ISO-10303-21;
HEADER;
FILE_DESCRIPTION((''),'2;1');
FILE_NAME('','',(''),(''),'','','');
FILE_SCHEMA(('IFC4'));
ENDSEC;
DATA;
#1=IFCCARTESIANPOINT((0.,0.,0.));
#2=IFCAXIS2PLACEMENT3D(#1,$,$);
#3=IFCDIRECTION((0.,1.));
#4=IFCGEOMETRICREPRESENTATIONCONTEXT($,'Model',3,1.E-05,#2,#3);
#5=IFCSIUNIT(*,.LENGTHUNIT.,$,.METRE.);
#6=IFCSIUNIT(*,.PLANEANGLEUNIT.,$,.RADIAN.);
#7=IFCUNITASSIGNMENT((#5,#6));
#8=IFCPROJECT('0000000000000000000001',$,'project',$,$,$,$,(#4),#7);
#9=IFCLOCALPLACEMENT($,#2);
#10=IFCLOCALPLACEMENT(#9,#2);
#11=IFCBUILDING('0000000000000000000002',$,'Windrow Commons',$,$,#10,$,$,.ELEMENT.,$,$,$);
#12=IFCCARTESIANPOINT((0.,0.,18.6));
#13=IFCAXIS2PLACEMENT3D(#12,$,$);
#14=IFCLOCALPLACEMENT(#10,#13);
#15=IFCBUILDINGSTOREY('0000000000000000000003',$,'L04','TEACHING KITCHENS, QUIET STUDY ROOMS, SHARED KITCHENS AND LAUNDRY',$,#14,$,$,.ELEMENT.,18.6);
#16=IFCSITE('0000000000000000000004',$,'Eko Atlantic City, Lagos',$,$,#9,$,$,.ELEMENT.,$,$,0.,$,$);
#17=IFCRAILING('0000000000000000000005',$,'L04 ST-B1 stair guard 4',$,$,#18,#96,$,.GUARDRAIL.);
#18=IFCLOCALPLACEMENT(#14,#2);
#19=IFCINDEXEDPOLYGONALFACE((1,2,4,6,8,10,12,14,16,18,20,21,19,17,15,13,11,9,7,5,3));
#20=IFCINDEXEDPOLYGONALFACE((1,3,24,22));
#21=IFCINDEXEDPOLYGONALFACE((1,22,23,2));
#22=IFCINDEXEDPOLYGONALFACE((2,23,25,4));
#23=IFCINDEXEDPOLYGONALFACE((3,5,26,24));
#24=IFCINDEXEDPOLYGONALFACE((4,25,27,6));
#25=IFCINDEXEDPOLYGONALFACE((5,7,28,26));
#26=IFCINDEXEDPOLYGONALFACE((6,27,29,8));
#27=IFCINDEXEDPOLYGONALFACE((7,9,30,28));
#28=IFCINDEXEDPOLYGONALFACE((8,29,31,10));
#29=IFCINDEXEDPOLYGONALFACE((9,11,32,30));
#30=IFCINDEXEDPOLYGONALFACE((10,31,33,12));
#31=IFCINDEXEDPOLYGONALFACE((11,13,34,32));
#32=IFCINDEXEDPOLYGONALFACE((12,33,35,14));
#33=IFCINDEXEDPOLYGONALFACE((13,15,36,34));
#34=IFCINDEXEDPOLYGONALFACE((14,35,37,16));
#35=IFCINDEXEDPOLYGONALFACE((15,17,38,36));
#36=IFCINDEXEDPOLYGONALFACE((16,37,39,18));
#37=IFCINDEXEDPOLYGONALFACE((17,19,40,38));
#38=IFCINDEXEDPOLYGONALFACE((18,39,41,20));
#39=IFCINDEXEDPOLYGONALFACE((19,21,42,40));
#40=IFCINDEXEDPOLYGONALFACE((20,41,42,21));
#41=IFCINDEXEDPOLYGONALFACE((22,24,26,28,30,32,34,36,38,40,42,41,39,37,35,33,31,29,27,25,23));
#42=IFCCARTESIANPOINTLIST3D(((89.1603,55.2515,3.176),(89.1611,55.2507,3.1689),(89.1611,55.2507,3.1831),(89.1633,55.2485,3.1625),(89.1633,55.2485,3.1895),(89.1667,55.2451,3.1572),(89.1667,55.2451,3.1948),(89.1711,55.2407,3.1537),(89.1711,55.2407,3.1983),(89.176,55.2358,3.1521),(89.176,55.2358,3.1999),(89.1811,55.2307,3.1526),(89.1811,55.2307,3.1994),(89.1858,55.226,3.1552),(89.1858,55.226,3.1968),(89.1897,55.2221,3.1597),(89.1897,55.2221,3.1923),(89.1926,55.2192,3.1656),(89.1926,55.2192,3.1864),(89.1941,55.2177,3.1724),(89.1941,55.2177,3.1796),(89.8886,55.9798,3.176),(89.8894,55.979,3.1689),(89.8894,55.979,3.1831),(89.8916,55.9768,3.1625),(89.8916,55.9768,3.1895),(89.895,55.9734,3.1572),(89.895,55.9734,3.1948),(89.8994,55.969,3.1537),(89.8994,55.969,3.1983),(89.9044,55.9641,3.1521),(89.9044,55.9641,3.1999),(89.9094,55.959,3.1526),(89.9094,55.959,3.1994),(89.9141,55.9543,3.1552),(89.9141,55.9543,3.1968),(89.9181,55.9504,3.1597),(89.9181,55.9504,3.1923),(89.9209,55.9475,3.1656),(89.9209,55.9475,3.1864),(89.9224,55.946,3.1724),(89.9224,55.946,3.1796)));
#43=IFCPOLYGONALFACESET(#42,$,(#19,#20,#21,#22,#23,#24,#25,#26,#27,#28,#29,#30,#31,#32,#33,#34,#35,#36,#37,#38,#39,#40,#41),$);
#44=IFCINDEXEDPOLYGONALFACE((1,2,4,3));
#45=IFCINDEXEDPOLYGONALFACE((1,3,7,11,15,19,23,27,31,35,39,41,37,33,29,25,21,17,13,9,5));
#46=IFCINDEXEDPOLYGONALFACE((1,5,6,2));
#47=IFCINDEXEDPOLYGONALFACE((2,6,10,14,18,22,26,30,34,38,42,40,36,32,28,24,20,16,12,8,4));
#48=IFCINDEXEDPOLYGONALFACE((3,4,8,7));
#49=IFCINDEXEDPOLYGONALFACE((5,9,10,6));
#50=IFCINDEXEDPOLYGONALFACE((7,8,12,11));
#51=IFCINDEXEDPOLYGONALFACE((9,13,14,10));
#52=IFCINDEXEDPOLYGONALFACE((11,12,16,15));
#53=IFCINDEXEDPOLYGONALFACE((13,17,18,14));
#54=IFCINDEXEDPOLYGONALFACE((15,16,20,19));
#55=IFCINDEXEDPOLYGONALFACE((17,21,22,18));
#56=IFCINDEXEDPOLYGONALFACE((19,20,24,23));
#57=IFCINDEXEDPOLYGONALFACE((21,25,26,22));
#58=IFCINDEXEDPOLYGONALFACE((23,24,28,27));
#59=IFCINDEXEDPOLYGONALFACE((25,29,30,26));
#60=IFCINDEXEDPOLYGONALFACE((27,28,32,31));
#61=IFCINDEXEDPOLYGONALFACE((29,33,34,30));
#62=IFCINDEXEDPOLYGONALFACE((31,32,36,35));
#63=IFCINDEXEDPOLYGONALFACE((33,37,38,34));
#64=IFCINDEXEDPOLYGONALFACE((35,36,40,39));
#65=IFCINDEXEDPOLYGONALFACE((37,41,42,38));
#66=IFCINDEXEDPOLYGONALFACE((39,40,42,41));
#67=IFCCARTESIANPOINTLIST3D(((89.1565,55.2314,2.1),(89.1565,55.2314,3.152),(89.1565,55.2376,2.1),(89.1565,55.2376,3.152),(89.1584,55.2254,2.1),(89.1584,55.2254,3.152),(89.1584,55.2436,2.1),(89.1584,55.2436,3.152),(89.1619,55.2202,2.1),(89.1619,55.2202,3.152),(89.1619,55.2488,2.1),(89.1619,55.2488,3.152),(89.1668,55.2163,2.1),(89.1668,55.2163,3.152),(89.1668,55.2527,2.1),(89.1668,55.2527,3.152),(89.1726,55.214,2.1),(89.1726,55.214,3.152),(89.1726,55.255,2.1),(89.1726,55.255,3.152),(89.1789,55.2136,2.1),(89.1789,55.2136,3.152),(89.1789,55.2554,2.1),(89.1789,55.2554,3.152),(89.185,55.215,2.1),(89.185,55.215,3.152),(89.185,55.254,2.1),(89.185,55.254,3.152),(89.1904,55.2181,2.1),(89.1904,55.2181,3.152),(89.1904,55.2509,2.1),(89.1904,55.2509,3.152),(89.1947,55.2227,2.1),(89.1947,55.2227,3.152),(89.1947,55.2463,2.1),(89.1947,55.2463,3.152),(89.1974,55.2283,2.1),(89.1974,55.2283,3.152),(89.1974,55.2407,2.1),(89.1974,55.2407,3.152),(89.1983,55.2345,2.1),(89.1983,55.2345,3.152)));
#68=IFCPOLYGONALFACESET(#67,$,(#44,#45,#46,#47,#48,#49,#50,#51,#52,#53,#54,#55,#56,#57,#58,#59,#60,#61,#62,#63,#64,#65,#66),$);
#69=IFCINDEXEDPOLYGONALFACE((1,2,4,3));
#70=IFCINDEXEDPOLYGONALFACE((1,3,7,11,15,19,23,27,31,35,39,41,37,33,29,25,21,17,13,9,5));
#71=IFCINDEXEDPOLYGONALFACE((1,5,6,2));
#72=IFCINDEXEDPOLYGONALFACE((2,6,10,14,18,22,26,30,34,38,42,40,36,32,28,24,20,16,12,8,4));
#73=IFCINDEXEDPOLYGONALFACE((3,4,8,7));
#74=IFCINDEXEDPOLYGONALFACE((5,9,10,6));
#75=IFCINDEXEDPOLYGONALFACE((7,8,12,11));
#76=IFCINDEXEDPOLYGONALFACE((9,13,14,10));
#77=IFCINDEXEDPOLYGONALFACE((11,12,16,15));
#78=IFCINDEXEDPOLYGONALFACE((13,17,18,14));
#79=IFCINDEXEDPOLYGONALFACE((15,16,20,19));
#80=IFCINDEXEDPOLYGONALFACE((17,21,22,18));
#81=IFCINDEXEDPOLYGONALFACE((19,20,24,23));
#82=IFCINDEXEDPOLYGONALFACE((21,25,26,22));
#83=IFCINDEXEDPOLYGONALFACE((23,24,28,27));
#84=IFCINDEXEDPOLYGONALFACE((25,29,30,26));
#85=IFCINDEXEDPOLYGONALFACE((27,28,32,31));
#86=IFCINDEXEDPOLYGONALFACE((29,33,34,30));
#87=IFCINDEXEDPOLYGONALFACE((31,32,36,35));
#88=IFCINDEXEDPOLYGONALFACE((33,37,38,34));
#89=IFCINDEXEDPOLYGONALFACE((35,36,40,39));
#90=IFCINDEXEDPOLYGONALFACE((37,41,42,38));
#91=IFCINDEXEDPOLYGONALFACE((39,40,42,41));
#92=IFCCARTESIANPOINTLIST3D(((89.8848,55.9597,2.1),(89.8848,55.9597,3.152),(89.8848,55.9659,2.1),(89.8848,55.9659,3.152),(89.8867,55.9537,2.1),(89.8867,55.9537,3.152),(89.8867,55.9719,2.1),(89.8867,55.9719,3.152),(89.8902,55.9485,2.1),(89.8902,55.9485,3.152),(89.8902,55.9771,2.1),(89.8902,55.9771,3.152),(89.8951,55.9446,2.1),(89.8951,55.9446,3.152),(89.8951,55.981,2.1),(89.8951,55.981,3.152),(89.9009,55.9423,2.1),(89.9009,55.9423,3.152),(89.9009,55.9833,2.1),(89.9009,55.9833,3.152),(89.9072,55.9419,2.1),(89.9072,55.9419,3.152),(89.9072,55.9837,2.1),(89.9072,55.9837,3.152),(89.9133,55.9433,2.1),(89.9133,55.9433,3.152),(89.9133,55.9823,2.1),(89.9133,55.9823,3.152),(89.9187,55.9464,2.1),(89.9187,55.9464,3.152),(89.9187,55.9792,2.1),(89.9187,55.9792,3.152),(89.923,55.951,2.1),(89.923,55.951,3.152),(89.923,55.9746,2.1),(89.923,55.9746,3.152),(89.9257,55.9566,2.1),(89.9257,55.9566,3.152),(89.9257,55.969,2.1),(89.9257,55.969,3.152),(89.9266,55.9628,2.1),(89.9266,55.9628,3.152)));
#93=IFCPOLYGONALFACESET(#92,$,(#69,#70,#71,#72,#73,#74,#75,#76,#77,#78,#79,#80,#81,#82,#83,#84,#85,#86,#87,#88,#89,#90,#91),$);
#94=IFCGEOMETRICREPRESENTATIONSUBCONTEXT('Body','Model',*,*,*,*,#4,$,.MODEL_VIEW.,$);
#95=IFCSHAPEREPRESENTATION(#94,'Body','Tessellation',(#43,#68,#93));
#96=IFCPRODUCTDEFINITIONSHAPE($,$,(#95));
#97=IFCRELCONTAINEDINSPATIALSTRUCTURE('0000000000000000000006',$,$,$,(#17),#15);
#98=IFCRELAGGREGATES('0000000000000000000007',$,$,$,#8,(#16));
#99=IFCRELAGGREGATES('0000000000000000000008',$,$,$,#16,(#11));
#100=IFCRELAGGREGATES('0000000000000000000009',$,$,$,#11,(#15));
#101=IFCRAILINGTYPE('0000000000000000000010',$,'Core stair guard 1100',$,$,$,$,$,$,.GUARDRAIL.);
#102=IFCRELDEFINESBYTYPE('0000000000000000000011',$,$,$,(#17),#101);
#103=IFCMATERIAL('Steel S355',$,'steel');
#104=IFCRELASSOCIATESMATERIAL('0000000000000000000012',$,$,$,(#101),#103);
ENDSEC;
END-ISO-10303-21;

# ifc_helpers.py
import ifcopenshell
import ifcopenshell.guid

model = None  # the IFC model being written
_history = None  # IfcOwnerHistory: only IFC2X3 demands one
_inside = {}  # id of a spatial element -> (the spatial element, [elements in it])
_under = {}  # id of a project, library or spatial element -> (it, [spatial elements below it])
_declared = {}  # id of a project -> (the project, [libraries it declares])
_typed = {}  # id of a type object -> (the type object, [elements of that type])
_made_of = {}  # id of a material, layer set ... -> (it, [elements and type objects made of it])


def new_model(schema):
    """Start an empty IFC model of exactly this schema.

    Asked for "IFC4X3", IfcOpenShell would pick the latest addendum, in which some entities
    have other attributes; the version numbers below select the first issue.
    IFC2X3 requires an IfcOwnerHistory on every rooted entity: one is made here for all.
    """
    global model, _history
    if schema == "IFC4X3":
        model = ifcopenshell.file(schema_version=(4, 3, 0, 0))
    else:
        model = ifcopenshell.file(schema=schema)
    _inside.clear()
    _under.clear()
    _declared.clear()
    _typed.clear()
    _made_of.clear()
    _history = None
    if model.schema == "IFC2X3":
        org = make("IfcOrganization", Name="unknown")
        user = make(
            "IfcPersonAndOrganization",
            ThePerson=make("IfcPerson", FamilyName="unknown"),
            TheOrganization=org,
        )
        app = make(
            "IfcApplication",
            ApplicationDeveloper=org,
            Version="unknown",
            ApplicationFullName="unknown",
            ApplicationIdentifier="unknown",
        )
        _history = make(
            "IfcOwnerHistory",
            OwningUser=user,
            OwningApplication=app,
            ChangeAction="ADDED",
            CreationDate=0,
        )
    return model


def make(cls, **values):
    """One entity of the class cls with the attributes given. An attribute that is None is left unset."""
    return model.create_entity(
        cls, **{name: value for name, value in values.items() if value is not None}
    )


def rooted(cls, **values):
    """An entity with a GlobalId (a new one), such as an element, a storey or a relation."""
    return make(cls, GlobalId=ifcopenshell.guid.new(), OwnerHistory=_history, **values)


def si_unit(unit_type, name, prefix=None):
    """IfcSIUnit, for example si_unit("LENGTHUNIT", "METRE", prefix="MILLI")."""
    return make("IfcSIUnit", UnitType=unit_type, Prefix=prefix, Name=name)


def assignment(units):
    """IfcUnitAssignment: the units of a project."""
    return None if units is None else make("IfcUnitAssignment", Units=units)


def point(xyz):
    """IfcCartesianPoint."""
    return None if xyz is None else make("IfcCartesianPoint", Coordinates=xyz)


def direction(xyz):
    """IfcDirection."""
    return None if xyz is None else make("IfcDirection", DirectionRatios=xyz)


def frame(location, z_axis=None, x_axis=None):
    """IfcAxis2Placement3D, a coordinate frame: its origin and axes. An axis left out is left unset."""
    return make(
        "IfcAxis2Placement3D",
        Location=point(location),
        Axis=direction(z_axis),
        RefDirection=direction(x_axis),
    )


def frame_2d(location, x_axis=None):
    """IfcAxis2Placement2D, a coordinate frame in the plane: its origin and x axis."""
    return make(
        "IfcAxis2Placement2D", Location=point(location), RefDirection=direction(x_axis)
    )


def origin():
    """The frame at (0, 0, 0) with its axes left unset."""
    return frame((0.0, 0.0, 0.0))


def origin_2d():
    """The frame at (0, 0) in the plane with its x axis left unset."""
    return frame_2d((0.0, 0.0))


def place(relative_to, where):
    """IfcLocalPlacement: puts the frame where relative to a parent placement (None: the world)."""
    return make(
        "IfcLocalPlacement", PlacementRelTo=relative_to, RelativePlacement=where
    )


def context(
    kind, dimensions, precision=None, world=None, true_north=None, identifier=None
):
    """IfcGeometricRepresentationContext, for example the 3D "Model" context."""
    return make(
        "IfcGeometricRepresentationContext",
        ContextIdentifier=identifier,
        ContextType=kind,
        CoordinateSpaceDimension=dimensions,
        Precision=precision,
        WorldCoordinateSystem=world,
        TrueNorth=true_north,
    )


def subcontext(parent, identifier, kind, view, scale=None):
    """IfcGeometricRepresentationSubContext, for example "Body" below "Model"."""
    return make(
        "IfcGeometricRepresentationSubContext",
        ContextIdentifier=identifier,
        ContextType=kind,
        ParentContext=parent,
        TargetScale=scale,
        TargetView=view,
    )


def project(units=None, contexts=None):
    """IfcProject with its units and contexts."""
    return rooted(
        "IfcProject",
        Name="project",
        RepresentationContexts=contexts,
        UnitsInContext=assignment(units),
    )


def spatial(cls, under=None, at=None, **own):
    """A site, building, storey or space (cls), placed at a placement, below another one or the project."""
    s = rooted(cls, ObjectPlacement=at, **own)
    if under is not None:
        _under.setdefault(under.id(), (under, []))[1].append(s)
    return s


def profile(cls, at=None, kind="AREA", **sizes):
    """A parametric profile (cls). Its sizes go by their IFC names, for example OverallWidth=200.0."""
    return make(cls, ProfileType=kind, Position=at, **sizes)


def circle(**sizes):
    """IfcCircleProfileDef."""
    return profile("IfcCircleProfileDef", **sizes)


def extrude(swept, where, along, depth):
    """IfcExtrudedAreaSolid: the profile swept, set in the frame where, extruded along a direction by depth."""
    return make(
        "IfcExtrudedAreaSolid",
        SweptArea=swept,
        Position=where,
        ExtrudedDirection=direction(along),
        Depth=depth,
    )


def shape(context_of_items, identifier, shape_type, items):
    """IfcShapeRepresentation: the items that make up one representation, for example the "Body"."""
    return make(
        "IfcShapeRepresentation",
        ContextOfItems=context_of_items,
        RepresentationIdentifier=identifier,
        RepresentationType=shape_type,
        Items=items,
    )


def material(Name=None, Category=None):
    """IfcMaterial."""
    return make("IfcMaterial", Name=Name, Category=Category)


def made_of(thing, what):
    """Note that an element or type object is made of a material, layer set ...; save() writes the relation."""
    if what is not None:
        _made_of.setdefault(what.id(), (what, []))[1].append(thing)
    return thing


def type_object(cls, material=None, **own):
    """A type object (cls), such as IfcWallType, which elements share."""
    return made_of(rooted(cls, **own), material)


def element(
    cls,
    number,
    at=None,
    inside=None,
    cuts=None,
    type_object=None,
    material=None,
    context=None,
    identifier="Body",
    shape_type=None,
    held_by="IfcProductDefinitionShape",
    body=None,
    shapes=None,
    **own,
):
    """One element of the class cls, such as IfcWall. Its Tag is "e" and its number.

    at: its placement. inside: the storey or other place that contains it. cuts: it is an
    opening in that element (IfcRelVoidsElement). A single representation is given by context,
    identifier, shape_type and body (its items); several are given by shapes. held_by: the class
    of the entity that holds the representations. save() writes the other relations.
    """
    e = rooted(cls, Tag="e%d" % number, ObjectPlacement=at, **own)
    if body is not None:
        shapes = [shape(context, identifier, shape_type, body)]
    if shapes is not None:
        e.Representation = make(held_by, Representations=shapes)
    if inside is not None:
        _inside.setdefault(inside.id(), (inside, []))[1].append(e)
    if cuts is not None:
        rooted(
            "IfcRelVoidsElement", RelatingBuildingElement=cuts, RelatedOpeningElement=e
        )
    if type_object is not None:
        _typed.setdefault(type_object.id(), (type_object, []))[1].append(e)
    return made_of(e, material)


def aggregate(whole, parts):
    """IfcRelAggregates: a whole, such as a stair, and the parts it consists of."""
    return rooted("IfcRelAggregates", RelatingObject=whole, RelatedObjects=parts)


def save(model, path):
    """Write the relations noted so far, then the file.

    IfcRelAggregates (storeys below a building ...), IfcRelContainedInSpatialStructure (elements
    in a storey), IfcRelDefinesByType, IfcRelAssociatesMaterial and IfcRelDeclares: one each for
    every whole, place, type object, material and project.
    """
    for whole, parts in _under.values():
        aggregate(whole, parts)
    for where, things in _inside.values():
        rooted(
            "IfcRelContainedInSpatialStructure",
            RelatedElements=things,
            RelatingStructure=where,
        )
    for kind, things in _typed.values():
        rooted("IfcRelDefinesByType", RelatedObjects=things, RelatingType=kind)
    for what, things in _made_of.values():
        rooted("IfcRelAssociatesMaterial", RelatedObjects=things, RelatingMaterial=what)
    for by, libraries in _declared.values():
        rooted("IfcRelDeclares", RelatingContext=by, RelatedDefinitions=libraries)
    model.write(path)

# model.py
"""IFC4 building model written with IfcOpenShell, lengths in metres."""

from ifc_helpers import new_model, si_unit, direction, frame, origin, origin_2d, place, context, subcontext, project, spatial, circle, extrude, material, type_object, element, save


model = new_model("IFC4")

# Units and contexts
model_context = context("Model", 3, precision=1e-05, world=origin(), true_north=direction((0.0, 1.0)))
body_context = subcontext(model_context, "Body", "Model", "MODEL_VIEW")
ifc_project = project(units=[si_unit("LENGTHUNIT", "METRE"), si_unit("PLANEANGLEUNIT", "RADIAN")], contexts=[model_context])

# Site, building, storey
site_placement = place(None, origin())
site = spatial("IfcSite", under=ifc_project, at=site_placement, Name="Eko Atlantic City, Lagos", CompositionType="ELEMENT", RefElevation=0.0)
building_placement = place(site_placement, origin())
building = spatial("IfcBuilding", under=site, at=building_placement, Name="Windrow Commons", CompositionType="ELEMENT")
storey_placement = place(building_placement, frame((0.0, 0.0, 18.6)))
storey = spatial("IfcBuildingStorey", under=building, at=storey_placement, Name="L04", Description="TEACHING KITCHENS, QUIET STUDY ROOMS, SHARED KITCHENS AND LAUNDRY", CompositionType="ELEMENT", Elevation=18.6)

# Railing
ifc_material_1 = material(Name="Steel S355", Category="steel")
railing_type_1 = type_object("IfcRailingType", Name="Core stair guard 1100", PredefinedType="GUARDRAIL", material=ifc_material_1)
railing_1_placement = place(storey_placement, frame((89.1773, 55.2345, 2.1)))
element("IfcRailing", 1, at=railing_1_placement, inside=storey, type_object=railing_type_1, Name="L04 ST-B1 stair guard 4", PredefinedType="GUARDRAIL", context=body_context, shape_type="SweptSolid", body=[
    extrude(circle(Radius=0.024, at=origin_2d()), frame((0.0, 0.0, 1.076), z_axis=(0.707107, 0.707107, 0.0), x_axis=(-0.707107, 0.707107, 0.0)), (0.0, 0.0, 1.0), 1.03),
    extrude(circle(Radius=0.021, at=origin_2d()), origin(), (0.0, 0.0, 1.0), 1.052),
    extrude(circle(Radius=0.021, at=origin_2d()), frame((0.7283, 0.7283, 0.0)), (0.0, 0.0, 1.0), 1.052),
])

save(model, "model.ifc")
